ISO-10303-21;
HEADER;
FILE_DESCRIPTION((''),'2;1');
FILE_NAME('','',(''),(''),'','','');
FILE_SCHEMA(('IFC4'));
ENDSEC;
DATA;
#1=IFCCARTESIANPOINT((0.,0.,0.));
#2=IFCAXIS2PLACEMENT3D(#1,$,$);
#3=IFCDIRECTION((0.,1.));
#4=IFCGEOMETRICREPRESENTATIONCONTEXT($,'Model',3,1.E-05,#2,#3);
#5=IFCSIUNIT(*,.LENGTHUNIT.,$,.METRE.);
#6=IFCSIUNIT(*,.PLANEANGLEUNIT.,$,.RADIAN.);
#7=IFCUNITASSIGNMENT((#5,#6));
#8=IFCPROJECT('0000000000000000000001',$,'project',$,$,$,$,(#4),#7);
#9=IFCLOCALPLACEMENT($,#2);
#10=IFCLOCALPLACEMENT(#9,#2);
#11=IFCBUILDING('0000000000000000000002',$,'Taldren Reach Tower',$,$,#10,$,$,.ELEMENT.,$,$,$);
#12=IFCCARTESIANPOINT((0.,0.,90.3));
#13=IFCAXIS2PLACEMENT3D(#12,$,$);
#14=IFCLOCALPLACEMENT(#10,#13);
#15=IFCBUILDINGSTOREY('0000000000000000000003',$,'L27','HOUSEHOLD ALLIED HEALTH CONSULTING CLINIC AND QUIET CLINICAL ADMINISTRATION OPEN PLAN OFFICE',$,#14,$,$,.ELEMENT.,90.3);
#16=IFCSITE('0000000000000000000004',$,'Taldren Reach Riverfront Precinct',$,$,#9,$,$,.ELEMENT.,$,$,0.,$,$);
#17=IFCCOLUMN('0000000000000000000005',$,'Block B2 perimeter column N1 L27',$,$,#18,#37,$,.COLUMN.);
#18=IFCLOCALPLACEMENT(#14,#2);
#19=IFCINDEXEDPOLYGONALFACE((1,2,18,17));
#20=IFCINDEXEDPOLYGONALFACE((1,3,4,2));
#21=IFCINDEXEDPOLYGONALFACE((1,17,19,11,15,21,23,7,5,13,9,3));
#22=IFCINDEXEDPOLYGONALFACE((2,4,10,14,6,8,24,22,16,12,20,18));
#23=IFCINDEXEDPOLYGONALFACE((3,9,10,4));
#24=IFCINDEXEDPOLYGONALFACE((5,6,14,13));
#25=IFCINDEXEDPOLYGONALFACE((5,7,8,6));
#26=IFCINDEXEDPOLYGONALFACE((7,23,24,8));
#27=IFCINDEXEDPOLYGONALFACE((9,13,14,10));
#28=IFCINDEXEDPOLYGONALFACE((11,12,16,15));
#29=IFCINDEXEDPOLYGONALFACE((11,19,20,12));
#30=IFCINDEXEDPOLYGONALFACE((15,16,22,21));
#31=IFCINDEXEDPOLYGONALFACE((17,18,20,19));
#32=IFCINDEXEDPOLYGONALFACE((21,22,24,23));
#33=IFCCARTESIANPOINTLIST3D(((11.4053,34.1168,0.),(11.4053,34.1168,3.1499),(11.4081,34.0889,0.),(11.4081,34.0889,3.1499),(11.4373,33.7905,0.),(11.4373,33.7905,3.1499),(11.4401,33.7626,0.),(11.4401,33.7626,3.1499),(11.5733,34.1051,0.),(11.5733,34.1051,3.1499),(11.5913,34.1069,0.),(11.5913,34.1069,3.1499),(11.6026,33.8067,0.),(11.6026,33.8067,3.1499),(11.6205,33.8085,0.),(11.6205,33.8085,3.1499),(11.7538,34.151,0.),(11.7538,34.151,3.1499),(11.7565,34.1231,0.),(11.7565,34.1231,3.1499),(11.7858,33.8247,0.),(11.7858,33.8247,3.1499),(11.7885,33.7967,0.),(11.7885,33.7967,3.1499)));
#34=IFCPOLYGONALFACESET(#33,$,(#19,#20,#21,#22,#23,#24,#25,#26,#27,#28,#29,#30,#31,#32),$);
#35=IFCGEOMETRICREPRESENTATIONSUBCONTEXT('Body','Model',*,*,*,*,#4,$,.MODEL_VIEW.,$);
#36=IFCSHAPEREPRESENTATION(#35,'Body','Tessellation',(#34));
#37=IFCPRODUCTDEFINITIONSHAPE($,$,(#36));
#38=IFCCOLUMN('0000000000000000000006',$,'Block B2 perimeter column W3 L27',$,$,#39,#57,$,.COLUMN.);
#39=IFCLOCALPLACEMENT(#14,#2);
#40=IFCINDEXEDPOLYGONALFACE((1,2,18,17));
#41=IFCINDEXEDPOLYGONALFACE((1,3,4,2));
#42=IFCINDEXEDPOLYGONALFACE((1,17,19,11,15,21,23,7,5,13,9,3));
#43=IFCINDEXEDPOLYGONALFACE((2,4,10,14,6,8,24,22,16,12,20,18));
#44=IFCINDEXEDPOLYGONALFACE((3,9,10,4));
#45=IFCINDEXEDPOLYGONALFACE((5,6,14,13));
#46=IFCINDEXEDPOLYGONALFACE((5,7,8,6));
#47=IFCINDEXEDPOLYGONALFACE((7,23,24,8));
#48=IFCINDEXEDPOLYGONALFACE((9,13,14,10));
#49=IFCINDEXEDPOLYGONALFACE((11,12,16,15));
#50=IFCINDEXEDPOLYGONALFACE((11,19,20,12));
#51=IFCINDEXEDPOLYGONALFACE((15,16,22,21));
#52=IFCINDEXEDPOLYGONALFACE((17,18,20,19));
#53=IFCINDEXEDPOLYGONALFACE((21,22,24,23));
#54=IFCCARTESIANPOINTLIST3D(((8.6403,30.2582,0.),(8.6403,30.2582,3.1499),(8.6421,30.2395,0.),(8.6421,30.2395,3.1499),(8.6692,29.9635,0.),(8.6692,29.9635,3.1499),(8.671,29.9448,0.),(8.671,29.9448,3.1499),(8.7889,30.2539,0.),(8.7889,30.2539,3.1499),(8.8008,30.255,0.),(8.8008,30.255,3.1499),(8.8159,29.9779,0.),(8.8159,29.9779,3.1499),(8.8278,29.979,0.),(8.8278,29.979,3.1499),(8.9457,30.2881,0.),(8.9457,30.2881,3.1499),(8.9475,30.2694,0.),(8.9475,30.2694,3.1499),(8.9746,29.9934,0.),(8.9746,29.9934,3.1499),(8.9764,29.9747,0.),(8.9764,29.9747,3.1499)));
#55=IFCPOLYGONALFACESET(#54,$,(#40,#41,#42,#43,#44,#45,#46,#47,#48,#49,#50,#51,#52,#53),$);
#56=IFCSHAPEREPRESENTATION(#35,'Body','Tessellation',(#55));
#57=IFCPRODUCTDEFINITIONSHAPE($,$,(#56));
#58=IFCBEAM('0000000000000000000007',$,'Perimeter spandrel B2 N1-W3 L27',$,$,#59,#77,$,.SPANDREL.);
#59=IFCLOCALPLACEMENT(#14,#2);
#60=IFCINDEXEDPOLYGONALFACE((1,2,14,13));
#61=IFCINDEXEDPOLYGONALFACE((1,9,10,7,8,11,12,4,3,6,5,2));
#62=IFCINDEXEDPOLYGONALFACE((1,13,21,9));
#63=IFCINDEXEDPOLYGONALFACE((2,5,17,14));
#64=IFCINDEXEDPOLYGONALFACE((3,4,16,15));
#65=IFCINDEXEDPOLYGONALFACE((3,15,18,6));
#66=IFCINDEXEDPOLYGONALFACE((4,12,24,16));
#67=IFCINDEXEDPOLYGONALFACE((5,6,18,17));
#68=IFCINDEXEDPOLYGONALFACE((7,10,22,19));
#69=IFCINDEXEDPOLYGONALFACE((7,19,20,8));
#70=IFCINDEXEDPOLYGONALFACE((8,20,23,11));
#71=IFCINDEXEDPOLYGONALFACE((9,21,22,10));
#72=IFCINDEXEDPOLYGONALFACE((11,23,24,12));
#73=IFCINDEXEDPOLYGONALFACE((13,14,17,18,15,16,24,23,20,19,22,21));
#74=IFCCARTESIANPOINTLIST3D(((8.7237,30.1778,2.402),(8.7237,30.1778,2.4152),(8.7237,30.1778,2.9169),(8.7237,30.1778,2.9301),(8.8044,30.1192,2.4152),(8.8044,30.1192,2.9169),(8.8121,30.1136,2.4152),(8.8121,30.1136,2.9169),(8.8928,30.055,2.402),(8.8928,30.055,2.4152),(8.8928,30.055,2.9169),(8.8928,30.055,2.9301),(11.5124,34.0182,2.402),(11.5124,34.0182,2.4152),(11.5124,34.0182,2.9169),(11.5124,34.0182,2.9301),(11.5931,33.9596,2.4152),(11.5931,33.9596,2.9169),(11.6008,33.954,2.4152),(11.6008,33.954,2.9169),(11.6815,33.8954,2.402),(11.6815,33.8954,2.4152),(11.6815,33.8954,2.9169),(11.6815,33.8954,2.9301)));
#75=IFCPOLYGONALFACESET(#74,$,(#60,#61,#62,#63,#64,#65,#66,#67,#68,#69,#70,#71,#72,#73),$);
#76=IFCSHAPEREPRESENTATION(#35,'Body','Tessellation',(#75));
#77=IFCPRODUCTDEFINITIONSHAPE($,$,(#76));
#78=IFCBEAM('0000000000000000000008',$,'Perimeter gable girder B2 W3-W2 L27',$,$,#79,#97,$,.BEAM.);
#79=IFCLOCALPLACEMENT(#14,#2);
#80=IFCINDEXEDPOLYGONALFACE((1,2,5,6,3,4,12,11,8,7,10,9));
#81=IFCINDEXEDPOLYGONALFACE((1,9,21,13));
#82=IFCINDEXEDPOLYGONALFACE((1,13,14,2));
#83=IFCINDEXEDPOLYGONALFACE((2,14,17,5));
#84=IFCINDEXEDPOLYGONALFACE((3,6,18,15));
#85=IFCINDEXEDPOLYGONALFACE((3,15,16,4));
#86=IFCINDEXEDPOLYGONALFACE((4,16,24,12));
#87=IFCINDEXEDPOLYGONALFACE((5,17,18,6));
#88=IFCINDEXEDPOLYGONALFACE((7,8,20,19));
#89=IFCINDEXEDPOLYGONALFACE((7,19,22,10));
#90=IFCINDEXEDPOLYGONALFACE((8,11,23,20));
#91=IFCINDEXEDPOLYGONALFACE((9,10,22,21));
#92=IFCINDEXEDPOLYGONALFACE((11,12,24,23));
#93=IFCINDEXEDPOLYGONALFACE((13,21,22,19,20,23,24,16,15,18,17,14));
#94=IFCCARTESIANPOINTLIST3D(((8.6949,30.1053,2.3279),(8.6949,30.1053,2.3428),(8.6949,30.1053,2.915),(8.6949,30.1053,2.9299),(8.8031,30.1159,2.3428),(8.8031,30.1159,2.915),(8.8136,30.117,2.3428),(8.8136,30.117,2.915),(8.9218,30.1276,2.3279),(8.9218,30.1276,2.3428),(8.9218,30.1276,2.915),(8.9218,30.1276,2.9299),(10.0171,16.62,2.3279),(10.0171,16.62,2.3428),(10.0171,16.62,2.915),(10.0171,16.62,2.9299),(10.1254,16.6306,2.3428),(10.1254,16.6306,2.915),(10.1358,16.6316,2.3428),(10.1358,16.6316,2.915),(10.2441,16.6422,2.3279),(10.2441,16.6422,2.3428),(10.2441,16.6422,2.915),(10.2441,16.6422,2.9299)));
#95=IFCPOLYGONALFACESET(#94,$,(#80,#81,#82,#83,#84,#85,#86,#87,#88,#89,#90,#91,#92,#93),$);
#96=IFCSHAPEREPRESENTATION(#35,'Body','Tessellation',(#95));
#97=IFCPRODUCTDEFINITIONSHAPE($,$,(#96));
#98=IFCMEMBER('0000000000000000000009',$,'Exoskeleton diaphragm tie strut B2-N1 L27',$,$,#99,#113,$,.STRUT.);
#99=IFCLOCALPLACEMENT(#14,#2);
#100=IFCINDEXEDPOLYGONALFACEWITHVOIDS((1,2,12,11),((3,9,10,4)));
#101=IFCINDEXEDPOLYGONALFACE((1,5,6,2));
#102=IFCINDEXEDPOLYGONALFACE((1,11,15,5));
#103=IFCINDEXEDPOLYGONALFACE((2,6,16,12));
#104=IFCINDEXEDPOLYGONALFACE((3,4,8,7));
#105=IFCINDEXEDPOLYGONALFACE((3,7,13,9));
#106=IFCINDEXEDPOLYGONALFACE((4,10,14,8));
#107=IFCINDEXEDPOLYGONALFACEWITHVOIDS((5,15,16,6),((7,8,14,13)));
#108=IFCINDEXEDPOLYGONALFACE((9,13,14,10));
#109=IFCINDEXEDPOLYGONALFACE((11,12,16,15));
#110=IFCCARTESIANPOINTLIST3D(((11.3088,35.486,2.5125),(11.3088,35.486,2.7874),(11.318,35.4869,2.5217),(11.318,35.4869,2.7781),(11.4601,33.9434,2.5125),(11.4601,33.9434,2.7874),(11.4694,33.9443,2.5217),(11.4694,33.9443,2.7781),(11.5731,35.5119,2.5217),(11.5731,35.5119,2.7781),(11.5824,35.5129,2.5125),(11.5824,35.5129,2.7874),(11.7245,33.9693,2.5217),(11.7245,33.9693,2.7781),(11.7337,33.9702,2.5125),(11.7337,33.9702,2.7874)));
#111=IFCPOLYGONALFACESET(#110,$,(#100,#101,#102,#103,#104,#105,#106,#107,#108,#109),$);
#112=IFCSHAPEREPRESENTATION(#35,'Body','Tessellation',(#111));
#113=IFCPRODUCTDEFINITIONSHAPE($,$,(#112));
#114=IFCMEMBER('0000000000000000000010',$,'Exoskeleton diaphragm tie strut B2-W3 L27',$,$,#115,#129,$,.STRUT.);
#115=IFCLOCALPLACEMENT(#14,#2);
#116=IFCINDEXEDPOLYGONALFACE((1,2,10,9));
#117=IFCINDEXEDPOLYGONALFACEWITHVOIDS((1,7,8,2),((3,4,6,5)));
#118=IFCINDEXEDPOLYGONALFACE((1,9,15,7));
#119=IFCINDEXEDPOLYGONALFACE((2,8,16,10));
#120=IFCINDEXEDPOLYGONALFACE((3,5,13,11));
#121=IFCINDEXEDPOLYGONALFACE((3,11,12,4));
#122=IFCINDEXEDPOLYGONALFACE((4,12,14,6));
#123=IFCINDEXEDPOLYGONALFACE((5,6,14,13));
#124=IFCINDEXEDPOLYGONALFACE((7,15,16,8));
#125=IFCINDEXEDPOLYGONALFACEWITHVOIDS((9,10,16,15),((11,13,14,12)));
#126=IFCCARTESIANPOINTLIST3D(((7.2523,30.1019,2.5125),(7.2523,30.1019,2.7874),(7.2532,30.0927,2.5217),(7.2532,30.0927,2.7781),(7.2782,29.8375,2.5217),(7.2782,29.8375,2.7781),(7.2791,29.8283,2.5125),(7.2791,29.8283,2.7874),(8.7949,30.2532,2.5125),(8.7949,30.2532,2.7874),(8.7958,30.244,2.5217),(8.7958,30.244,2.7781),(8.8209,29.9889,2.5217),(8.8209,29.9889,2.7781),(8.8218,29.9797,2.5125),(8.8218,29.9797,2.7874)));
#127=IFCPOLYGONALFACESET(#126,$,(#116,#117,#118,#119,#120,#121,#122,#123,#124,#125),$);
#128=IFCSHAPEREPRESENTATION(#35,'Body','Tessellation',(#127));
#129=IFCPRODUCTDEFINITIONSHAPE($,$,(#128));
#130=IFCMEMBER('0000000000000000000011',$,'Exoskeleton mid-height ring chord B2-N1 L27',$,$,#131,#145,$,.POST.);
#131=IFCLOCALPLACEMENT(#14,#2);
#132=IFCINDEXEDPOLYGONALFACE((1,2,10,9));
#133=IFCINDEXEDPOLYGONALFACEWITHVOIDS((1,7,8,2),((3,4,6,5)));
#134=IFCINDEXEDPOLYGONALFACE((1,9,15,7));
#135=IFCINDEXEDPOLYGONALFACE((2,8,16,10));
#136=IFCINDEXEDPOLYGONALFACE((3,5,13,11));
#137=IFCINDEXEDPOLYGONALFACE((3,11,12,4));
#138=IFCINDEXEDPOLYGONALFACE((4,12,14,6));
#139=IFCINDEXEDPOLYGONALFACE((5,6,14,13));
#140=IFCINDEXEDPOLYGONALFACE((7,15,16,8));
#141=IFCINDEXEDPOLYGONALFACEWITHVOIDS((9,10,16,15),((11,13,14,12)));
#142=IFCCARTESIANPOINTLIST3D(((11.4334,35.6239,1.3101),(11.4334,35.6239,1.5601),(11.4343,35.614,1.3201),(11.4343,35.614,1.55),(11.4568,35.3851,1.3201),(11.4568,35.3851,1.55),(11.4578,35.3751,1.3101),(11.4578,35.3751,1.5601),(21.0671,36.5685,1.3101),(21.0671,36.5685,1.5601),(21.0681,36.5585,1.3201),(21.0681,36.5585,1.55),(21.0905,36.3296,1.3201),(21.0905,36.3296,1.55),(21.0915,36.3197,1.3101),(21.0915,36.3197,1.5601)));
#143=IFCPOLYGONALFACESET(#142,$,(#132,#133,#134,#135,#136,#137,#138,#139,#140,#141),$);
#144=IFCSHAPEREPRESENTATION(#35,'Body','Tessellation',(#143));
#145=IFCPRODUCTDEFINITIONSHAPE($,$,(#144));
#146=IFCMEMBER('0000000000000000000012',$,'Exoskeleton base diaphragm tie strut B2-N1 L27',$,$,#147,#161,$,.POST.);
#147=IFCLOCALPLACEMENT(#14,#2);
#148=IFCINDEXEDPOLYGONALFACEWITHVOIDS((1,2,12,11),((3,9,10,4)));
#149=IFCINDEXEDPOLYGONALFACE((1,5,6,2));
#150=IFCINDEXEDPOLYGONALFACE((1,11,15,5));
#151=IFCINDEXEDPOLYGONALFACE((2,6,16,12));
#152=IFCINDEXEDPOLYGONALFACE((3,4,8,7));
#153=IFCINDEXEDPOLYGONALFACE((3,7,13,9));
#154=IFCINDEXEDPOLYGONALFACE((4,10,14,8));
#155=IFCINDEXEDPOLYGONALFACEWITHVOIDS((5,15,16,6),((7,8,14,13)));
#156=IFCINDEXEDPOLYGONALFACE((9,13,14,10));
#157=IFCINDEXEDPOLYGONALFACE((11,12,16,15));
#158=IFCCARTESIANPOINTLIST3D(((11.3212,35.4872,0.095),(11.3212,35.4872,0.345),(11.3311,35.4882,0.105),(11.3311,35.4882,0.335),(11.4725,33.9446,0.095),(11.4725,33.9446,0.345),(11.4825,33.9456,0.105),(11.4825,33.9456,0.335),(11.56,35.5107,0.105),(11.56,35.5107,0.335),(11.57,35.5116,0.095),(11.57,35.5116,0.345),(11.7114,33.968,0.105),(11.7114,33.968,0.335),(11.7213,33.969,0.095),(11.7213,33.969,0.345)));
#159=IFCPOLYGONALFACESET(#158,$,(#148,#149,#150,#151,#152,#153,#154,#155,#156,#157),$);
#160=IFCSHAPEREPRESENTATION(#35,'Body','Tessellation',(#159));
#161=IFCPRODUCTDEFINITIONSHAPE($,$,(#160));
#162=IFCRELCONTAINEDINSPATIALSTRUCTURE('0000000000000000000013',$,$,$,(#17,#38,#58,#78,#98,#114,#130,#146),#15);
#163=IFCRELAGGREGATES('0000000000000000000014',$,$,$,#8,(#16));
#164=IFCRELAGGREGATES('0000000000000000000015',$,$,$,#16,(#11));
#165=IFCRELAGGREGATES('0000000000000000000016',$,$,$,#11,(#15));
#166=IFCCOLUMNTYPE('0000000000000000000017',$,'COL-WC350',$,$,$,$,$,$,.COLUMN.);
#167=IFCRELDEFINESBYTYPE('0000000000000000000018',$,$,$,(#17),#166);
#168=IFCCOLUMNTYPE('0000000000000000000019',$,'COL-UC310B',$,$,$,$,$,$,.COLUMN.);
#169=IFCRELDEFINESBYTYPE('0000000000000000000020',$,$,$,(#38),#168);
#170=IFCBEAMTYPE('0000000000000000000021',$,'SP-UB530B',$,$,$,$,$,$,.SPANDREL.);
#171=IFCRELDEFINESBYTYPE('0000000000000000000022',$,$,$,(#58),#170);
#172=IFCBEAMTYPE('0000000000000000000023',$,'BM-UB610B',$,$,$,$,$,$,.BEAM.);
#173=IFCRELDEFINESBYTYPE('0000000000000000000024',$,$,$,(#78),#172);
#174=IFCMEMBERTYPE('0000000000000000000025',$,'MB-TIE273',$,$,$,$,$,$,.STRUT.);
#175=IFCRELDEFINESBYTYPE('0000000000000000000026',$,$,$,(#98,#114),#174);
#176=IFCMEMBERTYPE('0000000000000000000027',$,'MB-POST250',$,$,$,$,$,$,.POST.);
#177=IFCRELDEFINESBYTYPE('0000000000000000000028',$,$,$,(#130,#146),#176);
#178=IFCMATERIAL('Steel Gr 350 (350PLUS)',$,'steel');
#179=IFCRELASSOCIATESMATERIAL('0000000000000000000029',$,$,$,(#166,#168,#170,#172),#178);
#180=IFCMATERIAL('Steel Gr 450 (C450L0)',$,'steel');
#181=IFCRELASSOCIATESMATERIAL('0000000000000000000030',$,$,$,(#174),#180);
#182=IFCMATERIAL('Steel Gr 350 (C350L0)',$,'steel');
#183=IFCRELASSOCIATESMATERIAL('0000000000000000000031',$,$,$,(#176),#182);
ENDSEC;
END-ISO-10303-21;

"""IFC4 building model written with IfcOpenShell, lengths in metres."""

from ifc_helpers import new_model, si_unit, direction, frame, origin, origin_2d, place, context, subcontext, project, spatial, hollow_rectangle, i_section, extrude, source, transform, mapped, material, material_profile, profile_set, type_object, element, save


model = new_model("IFC4")

# Units and contexts
model_context = context("Model", 3, precision=1e-05, world=origin(), true_north=direction((0.0, 1.0)))
body_context = subcontext(model_context, "Body", "Model", "MODEL_VIEW")
ifc_project = project(units=[si_unit("LENGTHUNIT", "METRE"), si_unit("PLANEANGLEUNIT", "RADIAN")], contexts=[model_context])

# Site, building, storey
site_placement = place(None, origin())
site = spatial("IfcSite", under=ifc_project, at=site_placement, Name="Taldren Reach Riverfront Precinct", CompositionType="ELEMENT", RefElevation=0.0)
building_placement = place(site_placement, origin())
building = spatial("IfcBuilding", under=site, at=building_placement, Name="Taldren Reach Tower", CompositionType="ELEMENT")
storey_placement = place(building_placement, frame((0.0, 0.0, 90.3)))
storey = spatial("IfcBuildingStorey", under=building, at=storey_placement, Name="L27", Description="HOUSEHOLD ALLIED HEALTH CONSULTING CLINIC AND QUIET CLINICAL ADMINISTRATION OPEN PLAN OFFICE", CompositionType="ELEMENT", Elevation=90.3)

# Columns
ifc_material_1 = material(Name="Steel Gr 350 (350PLUS)", Category="steel")
ifc_material_profile_1 = material_profile(ifc_material_1, i_section(OverallWidth=0.3501, OverallDepth=0.356, WebThickness=0.0181, FlangeThickness=0.0281, at=origin_2d()), Name="350WC197")
ifc_profile_set_1 = profile_set([ifc_material_profile_1], Name="Steel Gr 350 (350PLUS)")
column_type_1 = type_object("IfcColumnType", Name="COL-WC350", PredefinedType="COLUMN", material=ifc_profile_set_1)
shared_shape_1 = source(origin(), body_context, "Body", "SweptSolid", [
    extrude(i_section(OverallWidth=0.3501, OverallDepth=0.356, WebThickness=0.0181, FlangeThickness=0.0281, at=origin_2d()), origin(), (0.0, 0.0, 1.0), 3.1499),
])
column_1_placement = place(storey_placement, frame((11.5969, 33.9568, 0.0), z_axis=(0.0, 0.0, 1.0), x_axis=(0.995227, 0.097583, 0.0)))
element("IfcColumn", 1, at=column_1_placement, inside=storey, type_object=column_type_1, Name="Block B2 perimeter column N1 L27", PredefinedType="COLUMN", context=body_context, shape_type="MappedRepresentation", body=[
    mapped(shared_shape_1, transform((0.0, 0.0, 0.0), scale=1.0)),
])
ifc_material_profile_2 = material_profile(ifc_material_1, i_section(OverallWidth=0.3069, OverallDepth=0.3149, WebThickness=0.012, FlangeThickness=0.0188, at=origin_2d()), Name="310UC118")
ifc_profile_set_2 = profile_set([ifc_material_profile_2], Name="Steel Gr 350 (350PLUS)")
column_type_2 = type_object("IfcColumnType", Name="COL-UC310B", PredefinedType="COLUMN", material=ifc_profile_set_2)
shared_shape_2 = source(origin(), body_context, "Body", "SweptSolid", [
    extrude(i_section(OverallWidth=0.3069, OverallDepth=0.3149, WebThickness=0.012, FlangeThickness=0.0188, at=origin_2d()), origin(), (0.0, 0.0, 1.0), 3.1499),
])
column_2_placement = place(storey_placement, frame((8.8083, 30.1165, 0.0), z_axis=(0.0, 0.0, 1.0), x_axis=(0.995227, 0.097583, 0.0)))
element("IfcColumn", 2, at=column_2_placement, inside=storey, type_object=column_type_2, Name="Block B2 perimeter column W3 L27", PredefinedType="COLUMN", context=body_context, shape_type="MappedRepresentation", body=[
    mapped(shared_shape_2, transform((0.0, 0.0, 0.0), scale=1.0)),
])

# Beams
ifc_material_profile_3 = material_profile(ifc_material_1, i_section(OverallWidth=0.209, OverallDepth=0.5281, WebThickness=0.0095, FlangeThickness=0.0132, at=origin_2d()), Name="530UB82.0")
ifc_profile_set_3 = profile_set([ifc_material_profile_3], Name="Steel Gr 350 (350PLUS)")
beam_type_1 = type_object("IfcBeamType", Name="SP-UB530B", PredefinedType="SPANDREL", material=ifc_profile_set_3)
shared_shape_3 = source(origin(), body_context, "Body", "SweptSolid", [
    extrude(i_section(OverallWidth=0.209, OverallDepth=0.5281, WebThickness=0.0095, FlangeThickness=0.0132, at=origin_2d()), origin(), (0.0, 0.0, 1.0), 4.7461),
])
beam_1_placement = place(storey_placement, frame((11.5969, 33.9568, 2.666), z_axis=(-0.587566, -0.809176, 0.0), x_axis=(0.809176, -0.587566, 0.0)))
element("IfcBeam", 3, at=beam_1_placement, inside=storey, type_object=beam_type_1, Name="Perimeter spandrel B2 N1-W3 L27", PredefinedType="SPANDREL", context=body_context, shape_type="MappedRepresentation", body=[
    mapped(shared_shape_3, transform((0.0, 0.0, 0.0), scale=1.0)),
])
ifc_material_profile_4 = material_profile(ifc_material_1, i_section(OverallWidth=0.228, OverallDepth=0.6021, WebThickness=0.0105, FlangeThickness=0.0149, at=origin_2d()), Name="610UB101")
ifc_profile_set_4 = profile_set([ifc_material_profile_4], Name="Steel Gr 350 (350PLUS)")
beam_type_2 = type_object("IfcBeamType", Name="BM-UB610B", PredefinedType="BEAM", material=ifc_profile_set_4)
shared_shape_4 = source(origin(), body_context, "Body", "SweptSolid", [
    extrude(i_section(OverallWidth=0.228, OverallDepth=0.6021, WebThickness=0.0105, FlangeThickness=0.0149, at=origin_2d()), origin(), (0.0, 0.0, 1.0), 13.55),
])
beam_2_placement = place(storey_placement, frame((8.8083, 30.1165, 2.6289), z_axis=(0.097584, -0.995227, 0.0), x_axis=(0.995227, 0.097584, 0.0)))
element("IfcBeam", 4, at=beam_2_placement, inside=storey, type_object=beam_type_2, Name="Perimeter gable girder B2 W3-W2 L27", PredefinedType="BEAM", context=body_context, shape_type="MappedRepresentation", body=[
    mapped(shared_shape_4, transform((0.0, 0.0, 0.0), scale=1.0)),
])

# Members
ifc_material_2 = material(Name="Steel Gr 450 (C450L0)", Category="steel")
ifc_material_profile_5 = material_profile(ifc_material_2, hollow_rectangle(XDim=0.2749, YDim=0.2749, WallThickness=0.0093, at=origin_2d()), Name="275x275x9.3SHS")
ifc_profile_set_5 = profile_set([ifc_material_profile_5], Name="Steel Gr 450 (C450L0)")
member_type_1 = type_object("IfcMemberType", Name="MB-TIE273", PredefinedType="STRUT", material=ifc_profile_set_5)
shared_shape_5 = source(origin(), body_context, "Body", "SweptSolid", [
    extrude(hollow_rectangle(XDim=0.2749, YDim=0.2749, WallThickness=0.0093, at=origin_2d()), origin(), (0.0, 0.0, 1.0), 1.55),
])
for number, where, z_axis, x_axis, name in (
    (5, (11.5969, 33.9568, 2.6499), (-0.097648, 0.995221, 0.0), (-0.995221, -0.097648, 0.0), "Exoskeleton diaphragm tie strut B2-N1 L27"),
    (6, (8.8083, 30.1165, 2.6499), (-0.995221, -0.097648, 0.0), (0.097648, -0.995221, 0.0), "Exoskeleton diaphragm tie strut B2-W3 L27"),
):
    element("IfcMember", number, at=place(storey_placement, frame(where, z_axis=z_axis, x_axis=x_axis)), inside=storey, type_object=member_type_1, Name=name, PredefinedType="STRUT", context=body_context, shape_type="MappedRepresentation", body=[
        mapped(shared_shape_5, transform((0.0, 0.0, 0.0), scale=1.0)),
    ])
ifc_material_3 = material(Name="Steel Gr 350 (C350L0)", Category="steel")
ifc_material_profile_6 = material_profile(ifc_material_3, hollow_rectangle(XDim=0.25, YDim=0.25, WallThickness=0.01, at=origin_2d()), Name="250x250x10.0SHS")
ifc_profile_set_6 = profile_set([ifc_material_profile_6], Name="Steel Gr 350 (C350L0)")
member_type_2 = type_object("IfcMemberType", Name="MB-POST250", PredefinedType="POST", material=ifc_profile_set_6)
shared_shape_6 = source(origin(), body_context, "Body", "SweptSolid", [
    extrude(hollow_rectangle(XDim=0.25, YDim=0.25, WallThickness=0.01, at=origin_2d()), origin(), (0.0, 0.0, 1.0), 9.6799),
])
member_1_placement = place(storey_placement, frame((11.4456, 35.4995, 1.4351), z_axis=(0.995228, 0.097581, 0.0), x_axis=(-0.097581, 0.995228, 0.0)))
element("IfcMember", 7, at=member_1_placement, inside=storey, type_object=member_type_2, Name="Exoskeleton mid-height ring chord B2-N1 L27", PredefinedType="POST", context=body_context, shape_type="MappedRepresentation", body=[
    mapped(shared_shape_6, transform((0.0, 0.0, 0.0), scale=1.0)),
])
shared_shape_7 = source(origin(), body_context, "Body", "SweptSolid", [
    extrude(hollow_rectangle(XDim=0.25, YDim=0.25, WallThickness=0.01, at=origin_2d()), origin(), (0.0, 0.0, 1.0), 1.55),
])
for number, where, z_axis, x_axis, name in (
    (8, (11.5969, 33.9568, 0.22), (-0.097648, 0.995221, 0.0), (-0.995221, -0.097648, 0.0), "Exoskeleton base diaphragm tie strut B2-N1 L27"),
):
    element("IfcMember", number, at=place(storey_placement, frame(where, z_axis=z_axis, x_axis=x_axis)), inside=storey, type_object=member_type_2, Name=name, PredefinedType="POST", context=body_context, shape_type="MappedRepresentation", body=[
        mapped(shared_shape_7, transform((0.0, 0.0, 0.0), scale=1.0)),
    ])

save(model, "model.ifc")
